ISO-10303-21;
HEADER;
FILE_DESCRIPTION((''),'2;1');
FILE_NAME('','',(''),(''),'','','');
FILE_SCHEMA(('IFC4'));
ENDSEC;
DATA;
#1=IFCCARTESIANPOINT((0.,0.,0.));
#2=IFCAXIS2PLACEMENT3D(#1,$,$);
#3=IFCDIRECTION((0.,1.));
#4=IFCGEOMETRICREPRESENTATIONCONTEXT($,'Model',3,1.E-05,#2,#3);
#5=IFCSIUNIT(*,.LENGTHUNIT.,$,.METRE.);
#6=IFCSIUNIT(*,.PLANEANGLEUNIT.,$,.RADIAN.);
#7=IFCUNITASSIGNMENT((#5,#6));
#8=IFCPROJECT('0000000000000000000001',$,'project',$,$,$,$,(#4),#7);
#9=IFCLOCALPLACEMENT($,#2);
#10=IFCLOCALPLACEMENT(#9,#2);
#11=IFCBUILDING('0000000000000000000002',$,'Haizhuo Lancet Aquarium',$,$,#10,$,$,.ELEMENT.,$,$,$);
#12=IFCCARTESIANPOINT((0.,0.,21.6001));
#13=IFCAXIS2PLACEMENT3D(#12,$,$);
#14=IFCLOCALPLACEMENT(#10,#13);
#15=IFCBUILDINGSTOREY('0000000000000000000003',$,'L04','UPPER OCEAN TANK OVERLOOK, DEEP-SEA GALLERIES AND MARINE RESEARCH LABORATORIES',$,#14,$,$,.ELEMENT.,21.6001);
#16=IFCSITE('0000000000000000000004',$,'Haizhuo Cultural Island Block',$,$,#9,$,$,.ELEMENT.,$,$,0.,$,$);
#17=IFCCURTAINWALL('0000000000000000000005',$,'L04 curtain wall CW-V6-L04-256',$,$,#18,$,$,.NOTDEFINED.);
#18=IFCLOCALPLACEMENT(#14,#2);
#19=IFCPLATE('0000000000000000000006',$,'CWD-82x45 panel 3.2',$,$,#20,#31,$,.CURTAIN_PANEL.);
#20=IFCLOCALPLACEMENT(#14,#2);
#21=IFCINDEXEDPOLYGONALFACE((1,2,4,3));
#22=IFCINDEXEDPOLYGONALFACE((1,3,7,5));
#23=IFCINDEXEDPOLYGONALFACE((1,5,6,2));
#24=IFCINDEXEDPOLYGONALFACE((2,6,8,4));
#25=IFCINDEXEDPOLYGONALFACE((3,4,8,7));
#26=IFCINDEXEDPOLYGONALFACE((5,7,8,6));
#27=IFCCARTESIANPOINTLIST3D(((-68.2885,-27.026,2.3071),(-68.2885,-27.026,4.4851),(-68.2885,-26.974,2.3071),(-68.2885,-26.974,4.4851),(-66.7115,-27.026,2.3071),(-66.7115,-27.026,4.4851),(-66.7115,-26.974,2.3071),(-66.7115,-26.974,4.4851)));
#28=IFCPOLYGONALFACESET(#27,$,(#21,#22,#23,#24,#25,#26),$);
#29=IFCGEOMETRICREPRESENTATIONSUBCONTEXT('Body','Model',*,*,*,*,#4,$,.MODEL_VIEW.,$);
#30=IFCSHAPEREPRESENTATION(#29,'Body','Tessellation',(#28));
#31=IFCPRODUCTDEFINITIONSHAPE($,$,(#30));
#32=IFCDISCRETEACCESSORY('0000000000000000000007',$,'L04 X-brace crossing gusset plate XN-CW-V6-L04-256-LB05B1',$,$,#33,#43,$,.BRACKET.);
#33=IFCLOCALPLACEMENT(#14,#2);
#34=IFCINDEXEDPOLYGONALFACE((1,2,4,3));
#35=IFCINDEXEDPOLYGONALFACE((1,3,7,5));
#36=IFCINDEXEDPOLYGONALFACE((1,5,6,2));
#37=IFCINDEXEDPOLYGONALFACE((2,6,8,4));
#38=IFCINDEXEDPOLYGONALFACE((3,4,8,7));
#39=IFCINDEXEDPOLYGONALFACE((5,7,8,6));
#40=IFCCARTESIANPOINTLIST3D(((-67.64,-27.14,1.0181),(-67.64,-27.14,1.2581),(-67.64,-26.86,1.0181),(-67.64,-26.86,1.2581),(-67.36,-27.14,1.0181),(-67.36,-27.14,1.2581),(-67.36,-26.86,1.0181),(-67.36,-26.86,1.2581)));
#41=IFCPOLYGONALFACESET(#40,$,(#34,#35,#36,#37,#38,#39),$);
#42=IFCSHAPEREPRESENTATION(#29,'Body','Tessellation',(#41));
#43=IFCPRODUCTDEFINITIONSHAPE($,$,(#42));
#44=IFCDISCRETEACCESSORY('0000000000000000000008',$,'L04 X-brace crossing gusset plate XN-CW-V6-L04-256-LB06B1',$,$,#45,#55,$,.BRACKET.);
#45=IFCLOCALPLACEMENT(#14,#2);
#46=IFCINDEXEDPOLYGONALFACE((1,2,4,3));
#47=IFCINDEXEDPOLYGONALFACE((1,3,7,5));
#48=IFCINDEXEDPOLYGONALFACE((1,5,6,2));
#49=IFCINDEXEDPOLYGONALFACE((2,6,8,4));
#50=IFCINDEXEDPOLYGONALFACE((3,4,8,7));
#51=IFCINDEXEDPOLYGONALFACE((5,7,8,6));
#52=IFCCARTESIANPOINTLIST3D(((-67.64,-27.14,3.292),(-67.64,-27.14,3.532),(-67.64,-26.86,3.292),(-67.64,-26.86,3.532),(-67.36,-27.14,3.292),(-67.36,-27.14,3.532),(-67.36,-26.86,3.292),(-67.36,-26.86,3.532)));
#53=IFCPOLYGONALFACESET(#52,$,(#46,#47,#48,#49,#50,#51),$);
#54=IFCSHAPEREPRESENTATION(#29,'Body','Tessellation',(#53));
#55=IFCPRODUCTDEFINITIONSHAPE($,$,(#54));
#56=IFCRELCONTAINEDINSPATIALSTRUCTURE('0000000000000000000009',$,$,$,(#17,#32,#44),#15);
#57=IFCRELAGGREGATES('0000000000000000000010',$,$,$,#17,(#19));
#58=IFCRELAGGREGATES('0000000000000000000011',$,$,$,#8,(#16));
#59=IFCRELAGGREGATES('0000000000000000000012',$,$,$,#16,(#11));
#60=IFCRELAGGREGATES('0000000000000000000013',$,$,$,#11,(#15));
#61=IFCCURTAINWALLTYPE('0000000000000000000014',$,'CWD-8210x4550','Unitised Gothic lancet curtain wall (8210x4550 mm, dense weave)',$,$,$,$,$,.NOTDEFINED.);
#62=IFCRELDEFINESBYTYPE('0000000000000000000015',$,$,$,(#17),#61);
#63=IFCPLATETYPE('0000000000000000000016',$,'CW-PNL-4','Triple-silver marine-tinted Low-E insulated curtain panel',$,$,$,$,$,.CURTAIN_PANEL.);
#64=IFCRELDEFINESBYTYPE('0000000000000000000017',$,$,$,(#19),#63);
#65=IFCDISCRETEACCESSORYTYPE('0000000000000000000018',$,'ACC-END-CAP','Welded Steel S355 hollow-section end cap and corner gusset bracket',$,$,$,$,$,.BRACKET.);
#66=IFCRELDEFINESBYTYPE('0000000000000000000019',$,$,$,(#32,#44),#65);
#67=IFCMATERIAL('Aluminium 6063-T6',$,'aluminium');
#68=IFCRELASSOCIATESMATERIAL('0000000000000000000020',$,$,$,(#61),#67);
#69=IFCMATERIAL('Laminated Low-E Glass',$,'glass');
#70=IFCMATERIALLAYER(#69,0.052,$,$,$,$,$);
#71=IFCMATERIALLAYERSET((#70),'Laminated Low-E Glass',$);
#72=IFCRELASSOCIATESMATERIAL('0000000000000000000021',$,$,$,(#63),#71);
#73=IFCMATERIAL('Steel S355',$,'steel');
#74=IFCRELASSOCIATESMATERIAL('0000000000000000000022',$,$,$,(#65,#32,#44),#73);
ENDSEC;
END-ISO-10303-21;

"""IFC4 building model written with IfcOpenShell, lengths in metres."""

from ifc_helpers import new_model, si_unit, direction, frame, origin, origin_2d, place, context, subcontext, project, spatial, rectangle, extrude, material, layer, layer_set, type_object, element, aggregate, save


model = new_model("IFC4")

# Units and contexts
model_context = context("Model", 3, precision=1e-05, world=origin(), true_north=direction((0.0, 1.0)))
body_context = subcontext(model_context, "Body", "Model", "MODEL_VIEW")
ifc_project = project(units=[si_unit("LENGTHUNIT", "METRE"), si_unit("PLANEANGLEUNIT", "RADIAN")], contexts=[model_context])

# Site, building, storey
site_placement = place(None, origin())
site = spatial("IfcSite", under=ifc_project, at=site_placement, Name="Haizhuo Cultural Island Block", CompositionType="ELEMENT", RefElevation=0.0)
building_placement = place(site_placement, origin())
building = spatial("IfcBuilding", under=site, at=building_placement, Name="Haizhuo Lancet Aquarium", CompositionType="ELEMENT")
storey_placement = place(building_placement, frame((0.0, 0.0, 21.6001)))
storey = spatial("IfcBuildingStorey", under=building, at=storey_placement, Name="L04", Description="UPPER OCEAN TANK OVERLOOK, DEEP-SEA GALLERIES AND MARINE RESEARCH LABORATORIES", CompositionType="ELEMENT", Elevation=21.6001)

# Curtain wall
ifc_material_1 = material(Name="Aluminium 6063-T6", Category="aluminium")
curtain_wall_type = type_object("IfcCurtainWallType", Name="CWD-8210x4550", Description="Unitised Gothic lancet curtain wall (8210x4550 mm, dense weave)", PredefinedType="NOTDEFINED", material=ifc_material_1)
curtain_wall_placement = place(storey_placement, origin())
curtain_wall = element("IfcCurtainWall", 1, at=curtain_wall_placement, inside=storey, type_object=curtain_wall_type, Name="L04 curtain wall CW-V6-L04-256", PredefinedType="NOTDEFINED")

# Shared definitions
ifc_material_2 = material(Name="Steel S355", Category="steel")

# Plate
ifc_material_3 = material(Name="Laminated Low-E Glass", Category="glass")
ifc_layer = layer(ifc_material_3, 0.052)
ifc_layer_set = layer_set([ifc_layer], Name="Laminated Low-E Glass")
plate_type = type_object("IfcPlateType", Name="CW-PNL-4", Description="Triple-silver marine-tinted Low-E insulated curtain panel", PredefinedType="CURTAIN_PANEL", material=ifc_layer_set)
plate_1_placement = place(storey_placement, frame((-67.5, -27.0, 2.3071), z_axis=(0.0, 0.0, 1.0), x_axis=(-1.0, 0.0, 0.0)))
plate_1 = element("IfcPlate", 2, at=plate_1_placement, type_object=plate_type, Name="CWD-82x45 panel 3.2", PredefinedType="CURTAIN_PANEL", context=body_context, shape_type="SweptSolid", body=[
    extrude(rectangle(XDim=1.5769, YDim=0.052, at=origin_2d()), origin(), (0.0, 0.0, 1.0), 2.178),
])
aggregate(curtain_wall, [plate_1])

# Discrete accessories
discrete_accessory_type = type_object("IfcDiscreteAccessoryType", Name="ACC-END-CAP", Description="Welded Steel S355 hollow-section end cap and corner gusset bracket", PredefinedType="BRACKET", material=ifc_material_2)
for number, where, z_axis, x_axis, name in (
    (3, (-67.5, -27.0, 1.0181), (0.0, 0.0, 1.0), (1.0, 0.0, 0.0), "L04 X-brace crossing gusset plate XN-CW-V6-L04-256-LB05B1"),
    (4, (-67.5, -27.0, 3.292), (0.0, 0.0, 1.0), (1.0, 0.0, 0.0), "L04 X-brace crossing gusset plate XN-CW-V6-L04-256-LB06B1"),
):
    element("IfcDiscreteAccessory", number, at=place(storey_placement, frame(where, z_axis=z_axis, x_axis=x_axis)), inside=storey, type_object=discrete_accessory_type, material=ifc_material_2, Name=name, PredefinedType="BRACKET", context=body_context, shape_type="SweptSolid", body=[
        extrude(rectangle(XDim=0.28, YDim=0.28, at=origin_2d()), origin(), (0.0, 0.0, 1.0), 0.24),
    ])

save(model, "model.ifc")
